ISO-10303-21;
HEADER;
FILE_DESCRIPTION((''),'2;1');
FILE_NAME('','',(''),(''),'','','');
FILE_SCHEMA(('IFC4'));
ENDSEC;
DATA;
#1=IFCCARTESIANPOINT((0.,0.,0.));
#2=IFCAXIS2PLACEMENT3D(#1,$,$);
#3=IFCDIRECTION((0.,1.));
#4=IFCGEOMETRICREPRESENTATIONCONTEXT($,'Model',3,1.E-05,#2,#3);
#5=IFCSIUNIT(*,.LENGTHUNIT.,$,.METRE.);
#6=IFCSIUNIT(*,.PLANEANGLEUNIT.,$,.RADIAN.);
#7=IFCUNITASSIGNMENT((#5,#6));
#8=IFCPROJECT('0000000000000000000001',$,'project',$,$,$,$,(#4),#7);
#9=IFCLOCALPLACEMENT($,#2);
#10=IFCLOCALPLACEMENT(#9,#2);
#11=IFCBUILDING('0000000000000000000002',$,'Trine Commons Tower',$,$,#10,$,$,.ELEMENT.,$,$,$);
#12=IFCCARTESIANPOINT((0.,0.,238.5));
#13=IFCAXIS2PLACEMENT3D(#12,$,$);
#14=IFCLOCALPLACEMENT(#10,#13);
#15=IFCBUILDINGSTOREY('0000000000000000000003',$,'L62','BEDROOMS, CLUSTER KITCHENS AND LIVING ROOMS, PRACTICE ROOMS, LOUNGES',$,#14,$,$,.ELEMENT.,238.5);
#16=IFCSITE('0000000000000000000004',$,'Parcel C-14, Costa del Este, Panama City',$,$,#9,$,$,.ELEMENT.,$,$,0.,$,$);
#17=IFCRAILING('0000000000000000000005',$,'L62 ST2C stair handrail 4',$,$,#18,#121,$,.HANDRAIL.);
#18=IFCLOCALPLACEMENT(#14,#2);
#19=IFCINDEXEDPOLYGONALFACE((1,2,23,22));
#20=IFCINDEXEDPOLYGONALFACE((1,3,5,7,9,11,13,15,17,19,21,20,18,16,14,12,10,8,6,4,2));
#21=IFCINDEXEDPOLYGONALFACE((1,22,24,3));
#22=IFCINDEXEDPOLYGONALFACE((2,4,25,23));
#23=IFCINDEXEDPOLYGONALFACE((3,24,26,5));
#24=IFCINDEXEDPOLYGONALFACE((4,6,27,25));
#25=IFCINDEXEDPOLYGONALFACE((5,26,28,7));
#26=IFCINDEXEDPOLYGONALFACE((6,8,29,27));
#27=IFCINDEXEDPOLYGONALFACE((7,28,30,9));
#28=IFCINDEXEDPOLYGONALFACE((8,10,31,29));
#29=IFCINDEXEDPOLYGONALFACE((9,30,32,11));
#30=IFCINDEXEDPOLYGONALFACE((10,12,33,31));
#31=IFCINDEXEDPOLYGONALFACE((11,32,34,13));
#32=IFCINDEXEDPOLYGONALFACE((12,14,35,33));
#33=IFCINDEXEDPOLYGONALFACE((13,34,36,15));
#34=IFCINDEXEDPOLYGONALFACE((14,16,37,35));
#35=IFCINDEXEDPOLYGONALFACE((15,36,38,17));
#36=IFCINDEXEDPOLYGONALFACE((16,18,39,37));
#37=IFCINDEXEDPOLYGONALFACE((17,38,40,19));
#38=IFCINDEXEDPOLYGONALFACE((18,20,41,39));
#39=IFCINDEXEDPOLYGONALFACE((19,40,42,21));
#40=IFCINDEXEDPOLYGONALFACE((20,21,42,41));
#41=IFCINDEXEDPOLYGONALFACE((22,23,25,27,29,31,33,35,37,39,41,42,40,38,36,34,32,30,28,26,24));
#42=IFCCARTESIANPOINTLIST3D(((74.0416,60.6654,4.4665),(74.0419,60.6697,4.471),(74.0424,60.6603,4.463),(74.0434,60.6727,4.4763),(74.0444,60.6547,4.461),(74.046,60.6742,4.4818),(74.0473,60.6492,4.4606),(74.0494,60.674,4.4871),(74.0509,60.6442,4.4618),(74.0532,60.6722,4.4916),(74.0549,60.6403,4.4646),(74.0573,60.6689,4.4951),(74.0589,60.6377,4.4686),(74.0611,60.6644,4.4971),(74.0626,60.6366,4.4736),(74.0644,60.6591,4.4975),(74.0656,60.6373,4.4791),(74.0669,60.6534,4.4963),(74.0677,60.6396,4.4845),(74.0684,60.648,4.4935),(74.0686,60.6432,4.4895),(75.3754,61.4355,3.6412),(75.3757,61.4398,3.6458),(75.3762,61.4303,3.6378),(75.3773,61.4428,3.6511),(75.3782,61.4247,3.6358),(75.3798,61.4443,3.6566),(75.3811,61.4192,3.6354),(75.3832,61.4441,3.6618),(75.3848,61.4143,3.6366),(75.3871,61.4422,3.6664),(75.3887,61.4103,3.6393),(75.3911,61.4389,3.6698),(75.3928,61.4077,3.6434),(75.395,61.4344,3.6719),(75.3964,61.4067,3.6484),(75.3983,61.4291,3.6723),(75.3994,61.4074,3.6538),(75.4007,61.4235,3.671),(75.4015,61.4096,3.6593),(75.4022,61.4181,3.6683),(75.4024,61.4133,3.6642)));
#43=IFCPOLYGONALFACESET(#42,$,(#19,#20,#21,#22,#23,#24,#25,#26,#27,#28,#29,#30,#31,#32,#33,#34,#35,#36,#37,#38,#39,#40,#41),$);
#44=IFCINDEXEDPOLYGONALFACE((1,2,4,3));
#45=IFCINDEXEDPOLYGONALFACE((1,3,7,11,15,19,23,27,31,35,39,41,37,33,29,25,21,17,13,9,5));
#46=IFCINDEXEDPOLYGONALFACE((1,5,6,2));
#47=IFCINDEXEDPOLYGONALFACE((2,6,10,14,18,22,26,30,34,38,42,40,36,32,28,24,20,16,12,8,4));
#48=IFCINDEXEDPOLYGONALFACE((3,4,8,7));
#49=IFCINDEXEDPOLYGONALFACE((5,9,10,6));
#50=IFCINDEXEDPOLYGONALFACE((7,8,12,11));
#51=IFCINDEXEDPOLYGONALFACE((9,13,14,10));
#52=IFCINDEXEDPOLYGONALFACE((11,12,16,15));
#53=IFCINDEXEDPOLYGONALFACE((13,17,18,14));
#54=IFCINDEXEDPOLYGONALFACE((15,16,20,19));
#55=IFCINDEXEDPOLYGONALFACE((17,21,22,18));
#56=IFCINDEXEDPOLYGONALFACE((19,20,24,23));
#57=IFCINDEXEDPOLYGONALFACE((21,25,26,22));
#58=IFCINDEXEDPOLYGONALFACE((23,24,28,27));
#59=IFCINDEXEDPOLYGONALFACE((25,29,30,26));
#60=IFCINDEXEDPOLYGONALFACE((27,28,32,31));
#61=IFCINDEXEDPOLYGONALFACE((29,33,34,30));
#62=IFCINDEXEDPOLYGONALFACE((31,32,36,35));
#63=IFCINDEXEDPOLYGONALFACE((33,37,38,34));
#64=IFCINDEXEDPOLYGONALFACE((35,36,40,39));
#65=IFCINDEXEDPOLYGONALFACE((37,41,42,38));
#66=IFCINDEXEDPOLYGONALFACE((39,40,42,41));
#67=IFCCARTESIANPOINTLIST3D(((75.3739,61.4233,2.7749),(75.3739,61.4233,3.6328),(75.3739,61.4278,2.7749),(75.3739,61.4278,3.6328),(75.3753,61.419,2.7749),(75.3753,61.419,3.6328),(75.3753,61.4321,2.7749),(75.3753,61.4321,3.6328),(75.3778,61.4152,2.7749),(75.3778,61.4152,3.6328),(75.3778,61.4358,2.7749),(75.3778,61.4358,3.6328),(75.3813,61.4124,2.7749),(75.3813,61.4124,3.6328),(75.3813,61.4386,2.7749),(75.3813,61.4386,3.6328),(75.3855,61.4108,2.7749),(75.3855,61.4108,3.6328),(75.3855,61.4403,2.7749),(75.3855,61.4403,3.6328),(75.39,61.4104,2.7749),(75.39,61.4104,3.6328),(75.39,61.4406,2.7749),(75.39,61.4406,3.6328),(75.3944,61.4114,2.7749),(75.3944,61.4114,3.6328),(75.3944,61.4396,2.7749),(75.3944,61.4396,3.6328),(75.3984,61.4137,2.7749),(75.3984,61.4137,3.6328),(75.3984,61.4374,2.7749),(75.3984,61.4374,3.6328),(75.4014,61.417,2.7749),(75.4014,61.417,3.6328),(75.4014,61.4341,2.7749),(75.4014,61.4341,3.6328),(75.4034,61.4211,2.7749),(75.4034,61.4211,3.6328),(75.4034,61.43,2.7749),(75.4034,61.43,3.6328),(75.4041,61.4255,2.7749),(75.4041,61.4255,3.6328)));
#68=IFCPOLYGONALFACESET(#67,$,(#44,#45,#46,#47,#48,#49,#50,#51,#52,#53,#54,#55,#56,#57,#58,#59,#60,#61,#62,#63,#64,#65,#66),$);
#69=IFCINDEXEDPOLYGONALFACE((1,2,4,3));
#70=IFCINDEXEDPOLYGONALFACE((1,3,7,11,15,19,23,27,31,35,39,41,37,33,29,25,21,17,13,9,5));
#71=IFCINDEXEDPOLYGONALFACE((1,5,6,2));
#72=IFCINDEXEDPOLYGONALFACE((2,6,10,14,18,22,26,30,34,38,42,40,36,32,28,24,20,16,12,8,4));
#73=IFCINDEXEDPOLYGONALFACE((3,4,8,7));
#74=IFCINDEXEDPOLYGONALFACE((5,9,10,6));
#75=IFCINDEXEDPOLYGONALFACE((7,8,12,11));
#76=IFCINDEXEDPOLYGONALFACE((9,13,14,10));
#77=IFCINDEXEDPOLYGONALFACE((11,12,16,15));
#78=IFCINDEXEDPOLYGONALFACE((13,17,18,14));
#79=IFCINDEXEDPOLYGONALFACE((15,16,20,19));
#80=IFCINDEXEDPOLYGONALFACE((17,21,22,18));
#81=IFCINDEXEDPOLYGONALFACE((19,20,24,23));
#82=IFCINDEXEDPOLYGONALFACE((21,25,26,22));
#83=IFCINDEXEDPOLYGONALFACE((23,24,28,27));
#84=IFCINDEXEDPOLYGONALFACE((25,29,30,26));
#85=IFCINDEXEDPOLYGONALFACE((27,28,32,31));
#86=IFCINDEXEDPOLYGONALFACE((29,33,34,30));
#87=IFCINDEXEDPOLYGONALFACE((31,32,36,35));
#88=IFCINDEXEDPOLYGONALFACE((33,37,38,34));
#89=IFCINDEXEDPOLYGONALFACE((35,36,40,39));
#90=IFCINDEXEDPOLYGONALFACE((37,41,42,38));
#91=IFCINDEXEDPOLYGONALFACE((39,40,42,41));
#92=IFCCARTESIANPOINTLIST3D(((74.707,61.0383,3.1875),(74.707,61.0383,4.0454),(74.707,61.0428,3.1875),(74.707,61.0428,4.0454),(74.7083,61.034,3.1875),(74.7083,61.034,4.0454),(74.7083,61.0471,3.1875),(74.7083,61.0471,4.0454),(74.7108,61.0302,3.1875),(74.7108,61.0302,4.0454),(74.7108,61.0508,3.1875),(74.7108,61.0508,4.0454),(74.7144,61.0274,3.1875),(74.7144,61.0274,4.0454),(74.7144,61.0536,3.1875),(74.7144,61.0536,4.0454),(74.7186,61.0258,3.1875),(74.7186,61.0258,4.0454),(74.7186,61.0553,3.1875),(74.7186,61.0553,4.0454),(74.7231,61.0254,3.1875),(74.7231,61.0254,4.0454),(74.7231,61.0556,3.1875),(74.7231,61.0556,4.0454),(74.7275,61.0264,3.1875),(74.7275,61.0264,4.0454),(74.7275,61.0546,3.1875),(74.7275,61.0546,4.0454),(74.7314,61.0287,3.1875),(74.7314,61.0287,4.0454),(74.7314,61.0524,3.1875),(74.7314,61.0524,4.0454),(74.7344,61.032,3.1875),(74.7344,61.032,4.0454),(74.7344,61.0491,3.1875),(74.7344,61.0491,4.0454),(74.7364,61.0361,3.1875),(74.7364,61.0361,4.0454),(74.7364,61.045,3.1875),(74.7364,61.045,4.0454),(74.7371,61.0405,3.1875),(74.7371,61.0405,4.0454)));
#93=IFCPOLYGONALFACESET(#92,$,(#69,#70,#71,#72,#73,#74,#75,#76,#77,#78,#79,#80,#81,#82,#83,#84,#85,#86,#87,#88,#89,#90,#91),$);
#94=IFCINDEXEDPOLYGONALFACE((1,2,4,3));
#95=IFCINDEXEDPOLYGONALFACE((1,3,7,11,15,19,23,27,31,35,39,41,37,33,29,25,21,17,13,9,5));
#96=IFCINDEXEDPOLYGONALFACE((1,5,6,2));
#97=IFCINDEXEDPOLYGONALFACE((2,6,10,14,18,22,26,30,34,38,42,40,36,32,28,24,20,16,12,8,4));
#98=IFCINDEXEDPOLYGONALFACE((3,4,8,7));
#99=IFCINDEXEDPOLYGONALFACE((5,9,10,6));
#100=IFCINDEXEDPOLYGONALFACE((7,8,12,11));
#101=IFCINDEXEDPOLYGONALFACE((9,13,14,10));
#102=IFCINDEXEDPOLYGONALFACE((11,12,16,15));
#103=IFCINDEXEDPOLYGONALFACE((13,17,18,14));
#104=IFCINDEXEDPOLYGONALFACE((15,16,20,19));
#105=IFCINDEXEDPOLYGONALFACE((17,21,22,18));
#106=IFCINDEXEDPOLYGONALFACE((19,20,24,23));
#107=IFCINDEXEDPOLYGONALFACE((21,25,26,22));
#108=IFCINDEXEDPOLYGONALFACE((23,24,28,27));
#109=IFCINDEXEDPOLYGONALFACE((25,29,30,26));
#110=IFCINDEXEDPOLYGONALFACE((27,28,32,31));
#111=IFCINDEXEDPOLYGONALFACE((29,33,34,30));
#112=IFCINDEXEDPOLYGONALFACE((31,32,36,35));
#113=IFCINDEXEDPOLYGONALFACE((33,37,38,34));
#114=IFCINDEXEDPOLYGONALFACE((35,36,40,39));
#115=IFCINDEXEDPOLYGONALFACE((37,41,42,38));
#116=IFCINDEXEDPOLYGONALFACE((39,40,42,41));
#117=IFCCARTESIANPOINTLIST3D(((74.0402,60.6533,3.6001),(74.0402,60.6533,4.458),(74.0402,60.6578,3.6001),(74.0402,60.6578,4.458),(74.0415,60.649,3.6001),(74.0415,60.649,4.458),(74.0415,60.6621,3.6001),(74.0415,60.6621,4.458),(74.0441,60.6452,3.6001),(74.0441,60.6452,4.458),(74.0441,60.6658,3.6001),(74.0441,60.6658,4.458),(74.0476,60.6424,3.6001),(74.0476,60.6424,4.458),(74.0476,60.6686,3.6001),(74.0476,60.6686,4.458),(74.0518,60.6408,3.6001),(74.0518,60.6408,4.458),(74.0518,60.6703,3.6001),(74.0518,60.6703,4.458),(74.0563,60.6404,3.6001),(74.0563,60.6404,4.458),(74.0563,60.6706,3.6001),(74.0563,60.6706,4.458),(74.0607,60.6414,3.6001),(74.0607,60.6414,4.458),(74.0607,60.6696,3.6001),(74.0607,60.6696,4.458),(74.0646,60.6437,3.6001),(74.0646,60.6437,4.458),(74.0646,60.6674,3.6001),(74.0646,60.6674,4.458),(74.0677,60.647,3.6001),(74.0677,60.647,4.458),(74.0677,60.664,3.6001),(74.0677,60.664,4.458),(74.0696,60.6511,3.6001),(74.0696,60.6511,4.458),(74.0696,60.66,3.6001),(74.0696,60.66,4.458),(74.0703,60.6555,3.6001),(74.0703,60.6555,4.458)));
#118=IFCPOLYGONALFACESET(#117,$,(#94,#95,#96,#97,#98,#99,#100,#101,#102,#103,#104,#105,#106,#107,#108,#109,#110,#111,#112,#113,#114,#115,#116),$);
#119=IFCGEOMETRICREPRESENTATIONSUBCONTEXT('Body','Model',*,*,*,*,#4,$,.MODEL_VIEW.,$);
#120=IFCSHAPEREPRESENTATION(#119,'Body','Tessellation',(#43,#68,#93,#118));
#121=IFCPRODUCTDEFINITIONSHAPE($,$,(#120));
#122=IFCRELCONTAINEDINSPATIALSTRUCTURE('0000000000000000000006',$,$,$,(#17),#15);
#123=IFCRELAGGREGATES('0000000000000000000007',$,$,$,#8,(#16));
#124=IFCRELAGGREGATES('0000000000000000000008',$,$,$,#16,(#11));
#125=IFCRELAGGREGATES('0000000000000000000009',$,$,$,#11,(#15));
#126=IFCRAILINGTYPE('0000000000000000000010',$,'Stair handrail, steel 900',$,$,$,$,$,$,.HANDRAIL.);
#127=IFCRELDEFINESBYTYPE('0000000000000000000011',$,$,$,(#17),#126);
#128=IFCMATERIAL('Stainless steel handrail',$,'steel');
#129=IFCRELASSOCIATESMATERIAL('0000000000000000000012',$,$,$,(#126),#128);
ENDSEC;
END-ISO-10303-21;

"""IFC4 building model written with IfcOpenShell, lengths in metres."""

from ifc_helpers import new_model, si_unit, direction, frame, origin, origin_2d, place, context, subcontext, project, spatial, circle, extrude, material, type_object, element, save


model = new_model("IFC4")

# Units and contexts
model_context = context("Model", 3, precision=1e-05, world=origin(), true_north=direction((0.0, 1.0)))
body_context = subcontext(model_context, "Body", "Model", "MODEL_VIEW")
ifc_project = project(units=[si_unit("LENGTHUNIT", "METRE"), si_unit("PLANEANGLEUNIT", "RADIAN")], contexts=[model_context])

# Site, building, storey
site_placement = place(None, origin())
site = spatial("IfcSite", under=ifc_project, at=site_placement, Name="Parcel C-14, Costa del Este, Panama City", CompositionType="ELEMENT", RefElevation=0.0)
building_placement = place(site_placement, origin())
building = spatial("IfcBuilding", under=site, at=building_placement, Name="Trine Commons Tower", CompositionType="ELEMENT")
storey_placement = place(building_placement, frame((0.0, 0.0, 238.5)))
storey = spatial("IfcBuildingStorey", under=building, at=storey_placement, Name="L62", Description="BEDROOMS, CLUSTER KITCHENS AND LIVING ROOMS, PRACTICE ROOMS, LOUNGES", CompositionType="ELEMENT", Elevation=238.5)

# Railing
ifc_material_1 = material(Name="Stainless steel handrail", Category="steel")
railing_type_1 = type_object("IfcRailingType", Name="Stair handrail, steel 900", PredefinedType="HANDRAIL", material=ifc_material_1)
railing_1_placement = place(storey_placement, frame((75.3889, 61.4255, 2.7749)))
element("IfcRailing", 1, at=railing_1_placement, inside=storey, type_object=railing_type_1, Name="L62 ST2C stair handrail 4", PredefinedType="HANDRAIL", context=body_context, shape_type="SweptSolid", body=[
    extrude(circle(Radius=0.021, at=origin_2d()), frame((0.0, 0.0, 0.8789), z_axis=(-0.763355, -0.440714, 0.472293), x_axis=(0.499992, -0.86603, 0.0)), (0.0, 0.0, 1.0), 1.7473),
    extrude(circle(Radius=0.0151, at=origin_2d()), origin(), (0.0, 0.0, 1.0), 0.8579),
    extrude(circle(Radius=0.0151, at=origin_2d()), frame((-0.667, -0.385, 0.4126)), (0.0, 0.0, 1.0), 0.8579),
    extrude(circle(Radius=0.0151, at=origin_2d()), frame((-1.3337, -0.77, 0.8252)), (0.0, 0.0, 1.0), 0.8579),
])

save(model, "model.ifc")
